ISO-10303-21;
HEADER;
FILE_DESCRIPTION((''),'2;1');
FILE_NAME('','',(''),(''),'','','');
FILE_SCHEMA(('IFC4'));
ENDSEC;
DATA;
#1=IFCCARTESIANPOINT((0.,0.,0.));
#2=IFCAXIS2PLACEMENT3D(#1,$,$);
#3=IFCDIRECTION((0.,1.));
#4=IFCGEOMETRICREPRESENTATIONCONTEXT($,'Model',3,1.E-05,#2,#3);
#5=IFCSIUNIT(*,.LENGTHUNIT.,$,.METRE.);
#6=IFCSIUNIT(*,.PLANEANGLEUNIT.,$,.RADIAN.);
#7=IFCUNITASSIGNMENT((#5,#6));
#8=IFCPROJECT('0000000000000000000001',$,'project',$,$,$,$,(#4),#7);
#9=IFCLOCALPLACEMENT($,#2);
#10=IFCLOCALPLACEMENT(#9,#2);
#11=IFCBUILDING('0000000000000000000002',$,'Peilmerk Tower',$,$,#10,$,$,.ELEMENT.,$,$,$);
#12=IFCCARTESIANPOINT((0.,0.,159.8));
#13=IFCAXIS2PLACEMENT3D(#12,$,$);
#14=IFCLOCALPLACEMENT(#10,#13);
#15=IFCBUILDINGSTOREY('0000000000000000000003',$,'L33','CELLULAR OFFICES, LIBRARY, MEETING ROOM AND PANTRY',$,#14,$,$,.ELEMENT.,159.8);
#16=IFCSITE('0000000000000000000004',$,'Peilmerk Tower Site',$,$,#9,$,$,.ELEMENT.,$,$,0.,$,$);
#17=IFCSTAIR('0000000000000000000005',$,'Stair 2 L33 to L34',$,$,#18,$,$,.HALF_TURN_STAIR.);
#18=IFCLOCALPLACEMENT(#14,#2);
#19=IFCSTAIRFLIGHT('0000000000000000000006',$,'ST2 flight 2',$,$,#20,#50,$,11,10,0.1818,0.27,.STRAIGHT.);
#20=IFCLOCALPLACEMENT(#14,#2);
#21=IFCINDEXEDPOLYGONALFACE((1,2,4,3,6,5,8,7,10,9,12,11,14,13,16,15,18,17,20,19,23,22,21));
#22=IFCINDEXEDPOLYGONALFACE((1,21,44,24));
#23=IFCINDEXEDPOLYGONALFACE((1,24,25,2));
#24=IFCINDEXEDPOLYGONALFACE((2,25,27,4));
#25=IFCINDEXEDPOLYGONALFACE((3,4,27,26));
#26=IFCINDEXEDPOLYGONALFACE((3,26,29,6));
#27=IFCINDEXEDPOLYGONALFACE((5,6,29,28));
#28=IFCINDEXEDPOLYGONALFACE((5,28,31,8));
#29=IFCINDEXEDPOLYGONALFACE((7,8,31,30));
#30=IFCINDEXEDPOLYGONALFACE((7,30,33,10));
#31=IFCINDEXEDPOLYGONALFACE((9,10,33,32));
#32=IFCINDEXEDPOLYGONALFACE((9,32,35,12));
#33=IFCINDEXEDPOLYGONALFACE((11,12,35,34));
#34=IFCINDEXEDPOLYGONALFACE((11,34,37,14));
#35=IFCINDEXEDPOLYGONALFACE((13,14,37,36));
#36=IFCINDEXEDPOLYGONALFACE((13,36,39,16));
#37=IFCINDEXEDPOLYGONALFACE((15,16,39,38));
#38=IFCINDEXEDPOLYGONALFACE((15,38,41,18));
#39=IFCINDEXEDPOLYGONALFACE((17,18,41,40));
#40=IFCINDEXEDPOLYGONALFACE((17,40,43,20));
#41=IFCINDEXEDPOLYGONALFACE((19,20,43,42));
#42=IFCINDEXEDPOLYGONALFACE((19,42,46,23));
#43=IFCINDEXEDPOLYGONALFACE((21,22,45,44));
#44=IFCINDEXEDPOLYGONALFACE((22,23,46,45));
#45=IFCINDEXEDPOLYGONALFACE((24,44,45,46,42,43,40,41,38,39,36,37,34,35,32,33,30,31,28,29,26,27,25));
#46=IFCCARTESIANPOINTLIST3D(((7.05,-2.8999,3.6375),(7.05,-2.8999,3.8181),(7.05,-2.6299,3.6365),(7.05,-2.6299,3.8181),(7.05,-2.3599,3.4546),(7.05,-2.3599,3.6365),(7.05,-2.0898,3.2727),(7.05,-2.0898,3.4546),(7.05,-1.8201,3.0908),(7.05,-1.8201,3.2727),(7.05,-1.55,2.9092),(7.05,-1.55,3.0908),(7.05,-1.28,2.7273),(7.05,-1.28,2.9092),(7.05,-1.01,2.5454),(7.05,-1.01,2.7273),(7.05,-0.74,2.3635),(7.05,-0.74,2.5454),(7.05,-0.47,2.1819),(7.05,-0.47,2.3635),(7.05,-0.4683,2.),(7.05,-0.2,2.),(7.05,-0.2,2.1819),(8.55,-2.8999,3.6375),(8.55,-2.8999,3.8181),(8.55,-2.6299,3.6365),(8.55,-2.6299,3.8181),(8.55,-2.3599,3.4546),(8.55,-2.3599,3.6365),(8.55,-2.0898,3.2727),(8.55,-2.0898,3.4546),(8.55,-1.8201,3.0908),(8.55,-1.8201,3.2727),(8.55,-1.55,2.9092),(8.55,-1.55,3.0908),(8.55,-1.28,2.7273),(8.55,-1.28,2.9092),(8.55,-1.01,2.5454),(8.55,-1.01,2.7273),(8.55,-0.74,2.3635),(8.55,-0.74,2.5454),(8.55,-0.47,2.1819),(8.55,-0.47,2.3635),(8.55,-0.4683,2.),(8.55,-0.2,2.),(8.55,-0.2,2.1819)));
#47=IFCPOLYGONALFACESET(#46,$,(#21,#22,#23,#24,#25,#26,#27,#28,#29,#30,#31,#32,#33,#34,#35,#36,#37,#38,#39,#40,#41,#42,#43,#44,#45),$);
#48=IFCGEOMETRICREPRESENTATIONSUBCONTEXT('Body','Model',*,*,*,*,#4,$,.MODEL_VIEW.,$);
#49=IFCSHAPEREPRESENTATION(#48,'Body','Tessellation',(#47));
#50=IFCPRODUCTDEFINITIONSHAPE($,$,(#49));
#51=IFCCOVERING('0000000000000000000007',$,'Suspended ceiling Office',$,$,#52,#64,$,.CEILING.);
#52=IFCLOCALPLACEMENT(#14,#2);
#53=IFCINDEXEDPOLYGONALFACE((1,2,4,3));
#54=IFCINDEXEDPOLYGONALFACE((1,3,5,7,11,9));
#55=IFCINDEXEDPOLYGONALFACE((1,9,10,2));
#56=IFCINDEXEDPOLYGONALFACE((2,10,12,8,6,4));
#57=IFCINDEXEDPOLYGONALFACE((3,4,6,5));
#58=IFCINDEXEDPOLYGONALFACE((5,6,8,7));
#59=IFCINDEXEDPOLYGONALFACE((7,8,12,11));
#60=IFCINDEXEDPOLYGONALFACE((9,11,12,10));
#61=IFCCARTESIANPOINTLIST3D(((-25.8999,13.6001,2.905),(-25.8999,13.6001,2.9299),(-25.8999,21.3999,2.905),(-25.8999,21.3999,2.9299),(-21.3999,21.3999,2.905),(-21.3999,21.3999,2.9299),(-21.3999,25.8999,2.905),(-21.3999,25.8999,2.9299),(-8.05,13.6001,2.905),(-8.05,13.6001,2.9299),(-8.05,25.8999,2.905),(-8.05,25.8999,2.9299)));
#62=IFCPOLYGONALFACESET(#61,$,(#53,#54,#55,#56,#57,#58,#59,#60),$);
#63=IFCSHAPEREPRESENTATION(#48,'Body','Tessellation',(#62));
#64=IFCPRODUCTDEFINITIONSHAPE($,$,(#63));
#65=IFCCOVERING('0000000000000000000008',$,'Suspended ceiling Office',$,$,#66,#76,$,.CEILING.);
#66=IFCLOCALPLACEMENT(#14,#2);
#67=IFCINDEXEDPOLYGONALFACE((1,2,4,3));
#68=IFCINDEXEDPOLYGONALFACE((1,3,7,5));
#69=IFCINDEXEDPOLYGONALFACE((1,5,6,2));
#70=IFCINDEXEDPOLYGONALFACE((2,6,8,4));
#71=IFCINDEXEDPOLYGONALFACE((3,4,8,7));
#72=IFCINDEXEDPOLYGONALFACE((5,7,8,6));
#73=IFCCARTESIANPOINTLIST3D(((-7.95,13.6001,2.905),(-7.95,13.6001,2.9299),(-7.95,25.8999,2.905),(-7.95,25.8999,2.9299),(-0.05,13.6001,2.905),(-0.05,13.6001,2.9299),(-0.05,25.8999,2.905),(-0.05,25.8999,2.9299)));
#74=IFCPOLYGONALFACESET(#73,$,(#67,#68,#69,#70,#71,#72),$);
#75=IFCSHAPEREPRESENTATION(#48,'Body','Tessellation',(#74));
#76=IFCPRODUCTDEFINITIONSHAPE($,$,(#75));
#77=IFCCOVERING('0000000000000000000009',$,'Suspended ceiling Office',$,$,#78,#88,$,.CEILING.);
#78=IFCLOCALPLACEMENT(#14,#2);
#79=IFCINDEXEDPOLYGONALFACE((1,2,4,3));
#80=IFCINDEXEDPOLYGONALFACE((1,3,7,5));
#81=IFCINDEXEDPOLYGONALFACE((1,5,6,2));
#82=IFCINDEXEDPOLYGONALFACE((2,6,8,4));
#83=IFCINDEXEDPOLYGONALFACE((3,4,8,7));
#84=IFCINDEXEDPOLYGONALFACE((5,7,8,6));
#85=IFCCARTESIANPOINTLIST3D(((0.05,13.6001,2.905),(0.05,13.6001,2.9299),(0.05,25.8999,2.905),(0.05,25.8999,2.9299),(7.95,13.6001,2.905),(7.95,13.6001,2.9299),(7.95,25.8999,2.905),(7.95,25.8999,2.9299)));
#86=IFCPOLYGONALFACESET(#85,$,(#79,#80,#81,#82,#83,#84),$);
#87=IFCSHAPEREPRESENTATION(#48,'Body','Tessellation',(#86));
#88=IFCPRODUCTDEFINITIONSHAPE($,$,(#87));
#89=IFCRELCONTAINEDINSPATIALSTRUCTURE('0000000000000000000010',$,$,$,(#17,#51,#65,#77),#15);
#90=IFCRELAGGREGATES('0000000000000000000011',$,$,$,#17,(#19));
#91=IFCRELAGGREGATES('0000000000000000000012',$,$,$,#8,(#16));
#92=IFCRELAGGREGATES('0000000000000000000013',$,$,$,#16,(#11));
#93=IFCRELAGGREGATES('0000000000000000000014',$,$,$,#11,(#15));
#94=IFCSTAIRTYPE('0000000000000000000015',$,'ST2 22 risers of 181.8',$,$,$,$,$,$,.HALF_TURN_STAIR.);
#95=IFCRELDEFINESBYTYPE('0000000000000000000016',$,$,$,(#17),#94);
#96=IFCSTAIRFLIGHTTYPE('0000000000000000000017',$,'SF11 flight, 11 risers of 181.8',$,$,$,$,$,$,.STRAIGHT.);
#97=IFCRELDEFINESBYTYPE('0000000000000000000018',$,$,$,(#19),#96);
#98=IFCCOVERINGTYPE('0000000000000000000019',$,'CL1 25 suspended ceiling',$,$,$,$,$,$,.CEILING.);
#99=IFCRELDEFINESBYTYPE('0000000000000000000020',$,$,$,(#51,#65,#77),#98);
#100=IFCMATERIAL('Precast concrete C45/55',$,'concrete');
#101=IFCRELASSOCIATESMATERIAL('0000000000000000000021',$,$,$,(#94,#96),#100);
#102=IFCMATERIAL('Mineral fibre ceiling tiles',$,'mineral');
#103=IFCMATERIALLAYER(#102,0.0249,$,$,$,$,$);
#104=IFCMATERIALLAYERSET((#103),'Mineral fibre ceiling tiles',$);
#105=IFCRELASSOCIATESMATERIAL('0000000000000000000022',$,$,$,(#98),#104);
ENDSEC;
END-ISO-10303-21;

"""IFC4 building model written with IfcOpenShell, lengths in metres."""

from ifc_helpers import new_model, si_unit, direction, frame, origin, place, context, subcontext, project, spatial, polyline, outline, extrude, material, layer, layer_set, type_object, element, aggregate, save


model = new_model("IFC4")

# Units and contexts
model_context = context("Model", 3, precision=1e-05, world=origin(), true_north=direction((0.0, 1.0)))
body_context = subcontext(model_context, "Body", "Model", "MODEL_VIEW")
ifc_project = project(units=[si_unit("LENGTHUNIT", "METRE"), si_unit("PLANEANGLEUNIT", "RADIAN")], contexts=[model_context])

# Site, building, storey
site_placement = place(None, origin())
site = spatial("IfcSite", under=ifc_project, at=site_placement, Name="Peilmerk Tower Site", CompositionType="ELEMENT", RefElevation=0.0)
building_placement = place(site_placement, origin())
building = spatial("IfcBuilding", under=site, at=building_placement, Name="Peilmerk Tower", CompositionType="ELEMENT")
storey_placement = place(building_placement, frame((0.0, 0.0, 159.8)))
storey = spatial("IfcBuildingStorey", under=building, at=storey_placement, Name="L33", Description="CELLULAR OFFICES, LIBRARY, MEETING ROOM AND PANTRY", CompositionType="ELEMENT", Elevation=159.8)

# Stair
ifc_material_1 = material(Name="Precast concrete C45/55", Category="concrete")
stair_type_1 = type_object("IfcStairType", Name="ST2 22 risers of 181.8", PredefinedType="HALF_TURN_STAIR", material=ifc_material_1)
stair_1_placement = place(storey_placement, origin())
stair_1 = element("IfcStair", 1, at=stair_1_placement, inside=storey, type_object=stair_type_1, Name="Stair 2 L33 to L34", PredefinedType="HALF_TURN_STAIR")

# Stair flight
stair_flight_type = type_object("IfcStairFlightType", Name="SF11 flight, 11 risers of 181.8", PredefinedType="STRAIGHT", material=ifc_material_1)
stair_flight_1_placement = place(storey_placement, frame((7.8, -0.2, 2.0), z_axis=(0.0, 0.0, 1.0), x_axis=(0.0, -1.0, 0.0)))
stair_flight_1 = element("IfcStairFlight", 2, at=stair_flight_1_placement, type_object=stair_flight_type, Name="ST2 flight 2", NumberOfRisers=11, NumberOfTreads=10, PredefinedType="STRAIGHT", RiserHeight=0.1818, TreadLength=0.27, context=body_context, shape_type="SweptSolid", body=[
    extrude(outline(polyline([(0.0, 0.0), (0.0, 0.1819), (0.27, 0.1819), (0.27, 0.3635), (0.54, 0.3635), (0.54, 0.5454), (0.8101, 0.5454), (0.8101, 0.7273), (1.0801, 0.7273), (1.0801, 0.9092), (1.3501, 0.9092), (1.3501, 1.0908), (1.6201, 1.0908), (1.6201, 1.2727), (1.8899, 1.2727), (1.8899, 1.4546), (2.1599, 1.4546), (2.1599, 1.6365), (2.4299, 1.6365), (2.4299, 1.8181), (2.7, 1.8181), (2.7, 2.0), (2.7, 1.6375), (0.2683, 0.0), (0.0, 0.0)])), frame((0.0, 0.75, 0.0), z_axis=(0.0, -1.0, 0.0), x_axis=(1.0, 0.0, 0.0)), (0.0, 0.0, 1.0), 1.5),
])
aggregate(stair_1, [stair_flight_1])

# Coverings
ifc_material_2 = material(Name="Mineral fibre ceiling tiles", Category="mineral")
ifc_layer_1 = layer(ifc_material_2, 0.0249)
ifc_layer_set_1 = layer_set([ifc_layer_1], Name="Mineral fibre ceiling tiles")
covering_type = type_object("IfcCoveringType", Name="CL1 25 suspended ceiling", PredefinedType="CEILING", material=ifc_layer_set_1)
covering_1_placement = place(storey_placement, frame((0.0, 0.0, 2.905)))
element("IfcCovering", 3, at=covering_1_placement, inside=storey, type_object=covering_type, Name="Suspended ceiling Office", PredefinedType="CEILING", context=body_context, shape_type="SweptSolid", body=[
    extrude(outline(polyline([(-25.8999, 21.3999), (-25.8999, 13.6001), (-8.05, 13.6001), (-8.05, 25.8999), (-21.3999, 25.8999), (-21.3999, 21.3999), (-25.8999, 21.3999)])), origin(), (0.0, 0.0, 1.0), 0.0249),
])
covering_2_placement = place(storey_placement, frame((0.0, 0.0, 2.905)))
element("IfcCovering", 4, at=covering_2_placement, inside=storey, type_object=covering_type, Name="Suspended ceiling Office", PredefinedType="CEILING", context=body_context, shape_type="SweptSolid", body=[
    extrude(outline(polyline([(-0.05, 25.8999), (-7.95, 25.8999), (-7.95, 13.6001), (-0.05, 13.6001), (-0.05, 25.8999)])), origin(), (0.0, 0.0, 1.0), 0.0249),
])
covering_3_placement = place(storey_placement, frame((0.0, 0.0, 2.905)))
element("IfcCovering", 5, at=covering_3_placement, inside=storey, type_object=covering_type, Name="Suspended ceiling Office", PredefinedType="CEILING", context=body_context, shape_type="SweptSolid", body=[
    extrude(outline(polyline([(7.95, 25.8999), (0.05, 25.8999), (0.05, 13.6001), (7.95, 13.6001), (7.95, 25.8999)])), origin(), (0.0, 0.0, 1.0), 0.0249),
])

save(model, "model.ifc")
